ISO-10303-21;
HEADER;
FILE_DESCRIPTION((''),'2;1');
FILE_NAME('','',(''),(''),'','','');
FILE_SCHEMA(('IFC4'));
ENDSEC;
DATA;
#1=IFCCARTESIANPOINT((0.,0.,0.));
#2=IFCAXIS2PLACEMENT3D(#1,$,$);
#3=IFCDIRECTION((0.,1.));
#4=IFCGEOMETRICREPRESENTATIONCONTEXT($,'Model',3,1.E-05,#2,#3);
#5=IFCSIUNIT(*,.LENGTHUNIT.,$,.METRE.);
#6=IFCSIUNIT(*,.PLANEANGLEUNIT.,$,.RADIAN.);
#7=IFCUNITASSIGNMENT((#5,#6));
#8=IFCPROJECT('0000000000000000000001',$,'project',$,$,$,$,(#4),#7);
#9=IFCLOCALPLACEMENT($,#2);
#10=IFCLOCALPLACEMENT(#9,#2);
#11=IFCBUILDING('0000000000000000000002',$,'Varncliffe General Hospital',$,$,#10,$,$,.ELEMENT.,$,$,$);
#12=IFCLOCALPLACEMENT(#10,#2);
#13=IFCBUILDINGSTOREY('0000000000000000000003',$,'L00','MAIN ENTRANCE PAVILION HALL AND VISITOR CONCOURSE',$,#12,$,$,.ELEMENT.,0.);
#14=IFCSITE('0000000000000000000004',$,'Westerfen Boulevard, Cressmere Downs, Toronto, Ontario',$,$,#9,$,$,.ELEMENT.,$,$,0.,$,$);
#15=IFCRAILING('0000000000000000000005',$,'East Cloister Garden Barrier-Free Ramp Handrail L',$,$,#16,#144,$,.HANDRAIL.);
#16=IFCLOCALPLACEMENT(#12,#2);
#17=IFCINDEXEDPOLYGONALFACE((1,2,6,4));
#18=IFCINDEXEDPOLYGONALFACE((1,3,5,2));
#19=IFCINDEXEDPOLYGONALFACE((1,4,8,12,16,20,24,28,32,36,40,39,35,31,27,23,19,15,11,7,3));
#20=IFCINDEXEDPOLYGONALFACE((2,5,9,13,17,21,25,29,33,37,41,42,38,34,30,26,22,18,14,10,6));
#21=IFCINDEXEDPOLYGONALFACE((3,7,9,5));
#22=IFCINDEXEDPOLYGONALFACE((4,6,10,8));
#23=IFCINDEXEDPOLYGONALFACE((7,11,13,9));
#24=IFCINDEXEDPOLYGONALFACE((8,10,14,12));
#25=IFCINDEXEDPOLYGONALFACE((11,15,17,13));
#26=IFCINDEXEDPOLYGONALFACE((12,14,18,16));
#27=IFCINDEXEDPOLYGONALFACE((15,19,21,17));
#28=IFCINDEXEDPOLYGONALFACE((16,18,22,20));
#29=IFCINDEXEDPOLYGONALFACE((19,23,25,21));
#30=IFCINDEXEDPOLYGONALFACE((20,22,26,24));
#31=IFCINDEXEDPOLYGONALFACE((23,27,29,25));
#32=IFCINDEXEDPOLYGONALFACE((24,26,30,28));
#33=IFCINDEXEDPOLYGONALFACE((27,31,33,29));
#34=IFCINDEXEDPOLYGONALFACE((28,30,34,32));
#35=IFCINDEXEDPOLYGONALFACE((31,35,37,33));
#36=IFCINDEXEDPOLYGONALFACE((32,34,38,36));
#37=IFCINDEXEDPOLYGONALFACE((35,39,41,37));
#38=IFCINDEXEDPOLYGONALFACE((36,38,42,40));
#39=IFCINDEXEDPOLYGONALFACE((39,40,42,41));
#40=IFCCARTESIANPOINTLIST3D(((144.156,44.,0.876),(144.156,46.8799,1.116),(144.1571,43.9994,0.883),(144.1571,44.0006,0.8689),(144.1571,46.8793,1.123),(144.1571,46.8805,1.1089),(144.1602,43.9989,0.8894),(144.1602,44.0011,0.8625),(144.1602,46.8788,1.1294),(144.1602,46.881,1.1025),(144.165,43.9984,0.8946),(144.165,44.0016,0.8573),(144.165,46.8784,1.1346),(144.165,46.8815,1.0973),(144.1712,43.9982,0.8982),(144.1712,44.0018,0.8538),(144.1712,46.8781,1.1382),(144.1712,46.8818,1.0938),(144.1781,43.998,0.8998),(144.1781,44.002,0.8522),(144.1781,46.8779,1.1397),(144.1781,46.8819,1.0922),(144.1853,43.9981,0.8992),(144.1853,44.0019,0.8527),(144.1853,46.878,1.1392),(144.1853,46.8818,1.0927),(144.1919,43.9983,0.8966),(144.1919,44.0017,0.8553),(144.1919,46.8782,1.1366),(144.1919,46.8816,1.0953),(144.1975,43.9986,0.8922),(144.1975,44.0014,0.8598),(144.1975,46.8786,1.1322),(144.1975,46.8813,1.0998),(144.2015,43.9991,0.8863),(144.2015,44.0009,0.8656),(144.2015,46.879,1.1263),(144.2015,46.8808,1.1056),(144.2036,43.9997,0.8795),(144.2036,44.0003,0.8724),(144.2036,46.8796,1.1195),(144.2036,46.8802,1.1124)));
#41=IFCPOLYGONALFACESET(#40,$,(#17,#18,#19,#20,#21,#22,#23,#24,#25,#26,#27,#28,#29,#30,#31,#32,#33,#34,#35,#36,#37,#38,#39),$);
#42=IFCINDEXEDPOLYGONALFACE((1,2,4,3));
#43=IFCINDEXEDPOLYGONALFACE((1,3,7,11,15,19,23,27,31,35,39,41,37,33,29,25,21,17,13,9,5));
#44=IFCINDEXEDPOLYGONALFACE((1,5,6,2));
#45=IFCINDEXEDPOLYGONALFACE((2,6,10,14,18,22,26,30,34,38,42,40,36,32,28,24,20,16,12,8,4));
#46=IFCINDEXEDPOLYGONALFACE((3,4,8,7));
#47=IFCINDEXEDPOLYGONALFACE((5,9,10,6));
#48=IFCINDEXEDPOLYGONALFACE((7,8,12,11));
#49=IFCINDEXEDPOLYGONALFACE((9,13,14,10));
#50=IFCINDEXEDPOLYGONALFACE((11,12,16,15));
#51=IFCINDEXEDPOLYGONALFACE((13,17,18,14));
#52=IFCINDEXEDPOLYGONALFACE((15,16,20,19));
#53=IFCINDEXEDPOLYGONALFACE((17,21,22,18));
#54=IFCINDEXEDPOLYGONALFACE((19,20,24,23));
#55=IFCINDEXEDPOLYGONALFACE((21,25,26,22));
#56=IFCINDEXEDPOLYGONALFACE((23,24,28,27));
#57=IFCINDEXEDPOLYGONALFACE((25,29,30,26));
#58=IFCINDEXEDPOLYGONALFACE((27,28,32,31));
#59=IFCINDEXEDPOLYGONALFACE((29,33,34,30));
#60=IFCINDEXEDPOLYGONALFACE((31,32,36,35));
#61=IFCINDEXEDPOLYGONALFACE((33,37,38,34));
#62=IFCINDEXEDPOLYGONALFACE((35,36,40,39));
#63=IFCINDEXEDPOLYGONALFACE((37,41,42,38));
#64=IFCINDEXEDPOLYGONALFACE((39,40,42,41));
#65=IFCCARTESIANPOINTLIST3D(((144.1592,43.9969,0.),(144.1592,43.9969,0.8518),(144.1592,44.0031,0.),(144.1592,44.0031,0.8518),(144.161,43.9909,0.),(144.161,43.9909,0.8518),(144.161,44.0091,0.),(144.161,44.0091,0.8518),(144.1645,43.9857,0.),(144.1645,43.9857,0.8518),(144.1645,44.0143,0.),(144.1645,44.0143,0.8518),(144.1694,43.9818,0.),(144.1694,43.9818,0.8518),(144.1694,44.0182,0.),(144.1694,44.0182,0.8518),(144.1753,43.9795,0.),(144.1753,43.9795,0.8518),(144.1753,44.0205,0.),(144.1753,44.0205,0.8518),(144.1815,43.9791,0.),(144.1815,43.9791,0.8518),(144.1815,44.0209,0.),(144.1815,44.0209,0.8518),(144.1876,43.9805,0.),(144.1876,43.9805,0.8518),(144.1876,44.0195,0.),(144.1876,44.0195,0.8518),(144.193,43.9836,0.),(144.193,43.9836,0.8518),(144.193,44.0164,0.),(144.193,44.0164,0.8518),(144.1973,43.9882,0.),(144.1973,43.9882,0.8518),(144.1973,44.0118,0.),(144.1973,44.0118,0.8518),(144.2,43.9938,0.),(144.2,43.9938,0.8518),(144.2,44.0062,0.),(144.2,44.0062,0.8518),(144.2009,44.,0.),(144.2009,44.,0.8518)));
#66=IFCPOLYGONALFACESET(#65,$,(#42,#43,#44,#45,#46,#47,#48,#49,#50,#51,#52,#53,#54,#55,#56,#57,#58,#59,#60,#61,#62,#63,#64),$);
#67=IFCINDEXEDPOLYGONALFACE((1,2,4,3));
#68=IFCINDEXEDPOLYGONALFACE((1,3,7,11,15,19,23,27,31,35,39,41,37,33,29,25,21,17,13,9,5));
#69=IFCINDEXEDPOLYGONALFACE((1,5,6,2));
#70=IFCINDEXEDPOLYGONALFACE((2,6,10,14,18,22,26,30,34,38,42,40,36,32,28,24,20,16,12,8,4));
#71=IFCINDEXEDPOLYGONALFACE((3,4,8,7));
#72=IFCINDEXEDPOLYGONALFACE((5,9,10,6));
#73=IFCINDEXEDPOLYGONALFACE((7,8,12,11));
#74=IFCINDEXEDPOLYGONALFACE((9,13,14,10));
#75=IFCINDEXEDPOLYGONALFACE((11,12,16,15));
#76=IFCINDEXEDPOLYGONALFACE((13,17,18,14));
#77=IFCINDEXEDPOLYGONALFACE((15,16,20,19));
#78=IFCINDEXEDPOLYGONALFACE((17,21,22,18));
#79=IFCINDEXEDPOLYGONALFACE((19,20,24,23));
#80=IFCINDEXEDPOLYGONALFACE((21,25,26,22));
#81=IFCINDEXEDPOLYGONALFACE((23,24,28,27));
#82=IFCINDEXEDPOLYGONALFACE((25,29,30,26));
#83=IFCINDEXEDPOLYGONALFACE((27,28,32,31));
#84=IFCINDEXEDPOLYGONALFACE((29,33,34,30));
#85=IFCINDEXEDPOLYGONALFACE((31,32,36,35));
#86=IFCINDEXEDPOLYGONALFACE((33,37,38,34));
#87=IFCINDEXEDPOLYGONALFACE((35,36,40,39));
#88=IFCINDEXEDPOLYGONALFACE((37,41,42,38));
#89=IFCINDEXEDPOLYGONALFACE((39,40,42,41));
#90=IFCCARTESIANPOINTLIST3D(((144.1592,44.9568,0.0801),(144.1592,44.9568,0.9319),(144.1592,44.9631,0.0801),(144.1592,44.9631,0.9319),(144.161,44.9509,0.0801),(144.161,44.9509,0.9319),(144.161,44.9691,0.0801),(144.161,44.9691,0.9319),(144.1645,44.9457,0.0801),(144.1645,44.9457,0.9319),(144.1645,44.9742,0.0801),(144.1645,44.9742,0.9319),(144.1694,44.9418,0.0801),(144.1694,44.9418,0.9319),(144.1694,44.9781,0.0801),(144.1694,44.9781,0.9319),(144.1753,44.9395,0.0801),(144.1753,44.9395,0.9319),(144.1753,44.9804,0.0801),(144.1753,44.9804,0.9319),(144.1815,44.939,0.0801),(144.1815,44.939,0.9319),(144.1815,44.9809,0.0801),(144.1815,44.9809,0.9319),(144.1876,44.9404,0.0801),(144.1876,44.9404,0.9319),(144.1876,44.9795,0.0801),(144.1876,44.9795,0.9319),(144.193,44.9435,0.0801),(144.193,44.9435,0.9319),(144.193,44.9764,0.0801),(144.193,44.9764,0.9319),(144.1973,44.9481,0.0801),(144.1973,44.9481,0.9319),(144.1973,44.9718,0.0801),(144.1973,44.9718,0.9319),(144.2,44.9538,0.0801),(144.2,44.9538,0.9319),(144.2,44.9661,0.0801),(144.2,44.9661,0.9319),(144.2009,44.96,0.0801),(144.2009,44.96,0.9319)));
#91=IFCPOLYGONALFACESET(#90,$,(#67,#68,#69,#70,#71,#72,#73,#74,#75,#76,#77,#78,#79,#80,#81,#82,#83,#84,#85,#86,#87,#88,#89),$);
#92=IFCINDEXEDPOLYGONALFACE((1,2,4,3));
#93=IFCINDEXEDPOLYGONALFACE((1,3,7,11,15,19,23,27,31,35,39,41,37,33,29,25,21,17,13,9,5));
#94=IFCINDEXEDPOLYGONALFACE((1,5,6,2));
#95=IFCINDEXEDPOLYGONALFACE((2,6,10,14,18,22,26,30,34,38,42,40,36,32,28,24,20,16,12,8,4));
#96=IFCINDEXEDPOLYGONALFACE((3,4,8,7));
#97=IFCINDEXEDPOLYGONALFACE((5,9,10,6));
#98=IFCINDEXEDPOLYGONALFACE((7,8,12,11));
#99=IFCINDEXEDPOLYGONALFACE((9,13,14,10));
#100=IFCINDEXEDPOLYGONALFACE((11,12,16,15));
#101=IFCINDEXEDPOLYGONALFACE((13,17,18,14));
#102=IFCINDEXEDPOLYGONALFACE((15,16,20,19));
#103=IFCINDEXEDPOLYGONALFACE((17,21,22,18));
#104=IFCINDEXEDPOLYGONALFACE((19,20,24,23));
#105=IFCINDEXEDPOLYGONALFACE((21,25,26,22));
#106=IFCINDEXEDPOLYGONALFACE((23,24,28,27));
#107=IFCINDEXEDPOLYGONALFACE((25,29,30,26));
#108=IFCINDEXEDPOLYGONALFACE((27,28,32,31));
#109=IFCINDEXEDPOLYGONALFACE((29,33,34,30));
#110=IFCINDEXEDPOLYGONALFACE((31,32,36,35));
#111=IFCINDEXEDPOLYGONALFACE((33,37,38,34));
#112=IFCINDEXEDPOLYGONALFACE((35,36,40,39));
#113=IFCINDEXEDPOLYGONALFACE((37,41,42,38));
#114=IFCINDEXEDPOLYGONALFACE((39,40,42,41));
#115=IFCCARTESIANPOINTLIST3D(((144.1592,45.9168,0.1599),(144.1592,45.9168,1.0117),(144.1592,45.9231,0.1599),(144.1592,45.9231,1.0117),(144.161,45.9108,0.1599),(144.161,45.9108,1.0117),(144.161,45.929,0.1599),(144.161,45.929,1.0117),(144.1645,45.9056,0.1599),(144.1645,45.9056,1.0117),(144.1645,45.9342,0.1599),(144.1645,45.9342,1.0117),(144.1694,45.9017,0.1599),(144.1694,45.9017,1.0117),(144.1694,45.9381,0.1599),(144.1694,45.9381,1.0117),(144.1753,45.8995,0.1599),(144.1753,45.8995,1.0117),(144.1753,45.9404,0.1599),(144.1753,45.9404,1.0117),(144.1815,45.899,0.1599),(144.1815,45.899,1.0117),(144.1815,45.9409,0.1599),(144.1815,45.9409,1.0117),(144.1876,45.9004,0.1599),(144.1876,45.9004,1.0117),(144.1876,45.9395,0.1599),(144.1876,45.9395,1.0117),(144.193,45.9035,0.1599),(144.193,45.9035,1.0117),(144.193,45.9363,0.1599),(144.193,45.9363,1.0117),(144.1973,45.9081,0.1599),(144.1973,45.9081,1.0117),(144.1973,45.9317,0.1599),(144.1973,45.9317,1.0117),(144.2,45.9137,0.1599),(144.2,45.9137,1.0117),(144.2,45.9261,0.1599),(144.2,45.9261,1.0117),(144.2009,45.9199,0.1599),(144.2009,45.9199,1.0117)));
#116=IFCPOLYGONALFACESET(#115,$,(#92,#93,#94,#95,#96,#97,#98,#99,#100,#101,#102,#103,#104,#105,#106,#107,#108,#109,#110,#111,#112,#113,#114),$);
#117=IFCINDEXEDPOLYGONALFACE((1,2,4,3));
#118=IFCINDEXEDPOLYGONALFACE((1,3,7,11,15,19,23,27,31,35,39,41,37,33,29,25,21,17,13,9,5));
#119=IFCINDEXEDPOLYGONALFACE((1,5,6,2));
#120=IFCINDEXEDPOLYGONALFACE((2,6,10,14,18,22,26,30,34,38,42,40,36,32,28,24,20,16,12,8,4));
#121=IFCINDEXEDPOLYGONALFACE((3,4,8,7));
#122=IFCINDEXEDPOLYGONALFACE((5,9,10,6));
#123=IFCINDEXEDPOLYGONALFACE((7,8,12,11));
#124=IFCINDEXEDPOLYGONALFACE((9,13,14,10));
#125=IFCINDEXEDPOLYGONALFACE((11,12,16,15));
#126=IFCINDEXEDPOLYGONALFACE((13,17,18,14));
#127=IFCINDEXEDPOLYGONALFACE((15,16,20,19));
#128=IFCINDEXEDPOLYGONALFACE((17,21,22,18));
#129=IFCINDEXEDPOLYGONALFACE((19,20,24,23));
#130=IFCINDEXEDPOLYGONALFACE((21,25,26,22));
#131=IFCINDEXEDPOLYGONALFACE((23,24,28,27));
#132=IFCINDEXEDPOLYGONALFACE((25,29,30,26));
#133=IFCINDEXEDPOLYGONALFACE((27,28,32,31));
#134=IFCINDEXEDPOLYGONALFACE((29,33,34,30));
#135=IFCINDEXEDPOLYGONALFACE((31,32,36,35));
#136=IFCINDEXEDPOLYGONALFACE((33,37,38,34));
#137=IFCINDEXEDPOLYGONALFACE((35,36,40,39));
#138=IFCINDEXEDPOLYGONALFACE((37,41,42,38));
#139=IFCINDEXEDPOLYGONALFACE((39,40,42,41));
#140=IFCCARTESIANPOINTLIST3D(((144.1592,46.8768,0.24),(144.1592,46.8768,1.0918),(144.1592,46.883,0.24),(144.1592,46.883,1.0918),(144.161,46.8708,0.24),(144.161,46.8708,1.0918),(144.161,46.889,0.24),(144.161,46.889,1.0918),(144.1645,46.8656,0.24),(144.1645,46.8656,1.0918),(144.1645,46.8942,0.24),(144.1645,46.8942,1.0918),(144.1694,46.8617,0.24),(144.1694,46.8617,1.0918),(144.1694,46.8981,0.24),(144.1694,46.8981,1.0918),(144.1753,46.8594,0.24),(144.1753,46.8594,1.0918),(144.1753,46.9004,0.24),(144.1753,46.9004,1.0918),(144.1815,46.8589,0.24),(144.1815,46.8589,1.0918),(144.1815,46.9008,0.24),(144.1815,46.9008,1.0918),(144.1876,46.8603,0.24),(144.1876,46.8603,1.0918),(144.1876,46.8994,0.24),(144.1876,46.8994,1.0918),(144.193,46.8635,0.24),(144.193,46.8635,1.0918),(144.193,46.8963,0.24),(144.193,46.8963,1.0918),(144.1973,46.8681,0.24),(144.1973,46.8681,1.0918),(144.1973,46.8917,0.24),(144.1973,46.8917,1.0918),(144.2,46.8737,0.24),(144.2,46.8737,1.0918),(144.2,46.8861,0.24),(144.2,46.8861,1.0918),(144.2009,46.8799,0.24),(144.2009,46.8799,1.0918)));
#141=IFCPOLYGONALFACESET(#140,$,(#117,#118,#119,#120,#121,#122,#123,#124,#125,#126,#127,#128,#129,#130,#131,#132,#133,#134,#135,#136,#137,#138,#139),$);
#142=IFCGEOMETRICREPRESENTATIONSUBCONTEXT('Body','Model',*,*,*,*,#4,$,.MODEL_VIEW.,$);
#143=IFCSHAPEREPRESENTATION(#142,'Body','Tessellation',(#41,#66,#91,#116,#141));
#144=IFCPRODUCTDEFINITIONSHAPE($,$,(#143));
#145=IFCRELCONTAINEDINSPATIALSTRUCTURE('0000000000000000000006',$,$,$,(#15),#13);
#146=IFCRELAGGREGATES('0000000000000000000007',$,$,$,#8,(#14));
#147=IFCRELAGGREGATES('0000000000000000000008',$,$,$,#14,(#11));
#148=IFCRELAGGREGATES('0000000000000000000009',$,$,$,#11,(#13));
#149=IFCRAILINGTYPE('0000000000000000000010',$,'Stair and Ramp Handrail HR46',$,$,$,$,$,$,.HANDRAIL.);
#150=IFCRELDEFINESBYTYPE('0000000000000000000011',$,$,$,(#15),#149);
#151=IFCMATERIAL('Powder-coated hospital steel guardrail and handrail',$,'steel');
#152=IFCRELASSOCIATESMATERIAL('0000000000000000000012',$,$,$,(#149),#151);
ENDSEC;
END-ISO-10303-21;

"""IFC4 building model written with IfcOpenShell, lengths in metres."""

from ifc_helpers import new_model, si_unit, direction, frame, origin, origin_2d, place, context, subcontext, project, spatial, circle, extrude, material, type_object, element, save


model = new_model("IFC4")

# Units and contexts
model_context = context("Model", 3, precision=1e-05, world=origin(), true_north=direction((0.0, 1.0)))
body_context = subcontext(model_context, "Body", "Model", "MODEL_VIEW")
ifc_project = project(units=[si_unit("LENGTHUNIT", "METRE"), si_unit("PLANEANGLEUNIT", "RADIAN")], contexts=[model_context])

# Site, building, storey
site_placement = place(None, origin())
site = spatial("IfcSite", under=ifc_project, at=site_placement, Name="Westerfen Boulevard, Cressmere Downs, Toronto, Ontario", CompositionType="ELEMENT", RefElevation=0.0)
building_placement = place(site_placement, origin())
building = spatial("IfcBuilding", under=site, at=building_placement, Name="Varncliffe General Hospital", CompositionType="ELEMENT")
storey_placement = place(building_placement, origin())
storey = spatial("IfcBuildingStorey", under=building, at=storey_placement, Name="L00", Description="MAIN ENTRANCE PAVILION HALL AND VISITOR CONCOURSE", CompositionType="ELEMENT", Elevation=0.0)

# Railing
ifc_material_1 = material(Name="Powder-coated hospital steel guardrail and handrail", Category="steel")
railing_type = type_object("IfcRailingType", Name="Stair and Ramp Handrail HR46", PredefinedType="HANDRAIL", material=ifc_material_1)
for number, where, name in (
    (1, (144.1799, 44.0, 0.0), "East Cloister Garden Barrier-Free Ramp Handrail L"),
):
    element("IfcRailing", number, at=place(storey_placement, frame(where)), inside=storey, type_object=railing_type, Name=name, PredefinedType="HANDRAIL", context=body_context, shape_type="SweptSolid", body=[
        extrude(circle(Radius=0.0239, at=origin_2d()), frame((0.0, 0.0, 0.876), z_axis=(0.0, 0.996546, 0.083045), x_axis=(-1.0, 0.0, 0.0)), (0.0, 0.0, 1.0), 2.8899),
        extrude(circle(Radius=0.021, at=origin_2d()), origin(), (0.0, 0.0, 1.0), 0.8518),
        extrude(circle(Radius=0.021, at=origin_2d()), frame((0.0, 0.96, 0.0801)), (0.0, 0.0, 1.0), 0.8518),
        extrude(circle(Radius=0.021, at=origin_2d()), frame((0.0, 1.9199, 0.1599)), (0.0, 0.0, 1.0), 0.8518),
        extrude(circle(Radius=0.021, at=origin_2d()), frame((0.0, 2.8799, 0.24)), (0.0, 0.0, 1.0), 0.8518),
    ])

save(model, "model.ifc")
